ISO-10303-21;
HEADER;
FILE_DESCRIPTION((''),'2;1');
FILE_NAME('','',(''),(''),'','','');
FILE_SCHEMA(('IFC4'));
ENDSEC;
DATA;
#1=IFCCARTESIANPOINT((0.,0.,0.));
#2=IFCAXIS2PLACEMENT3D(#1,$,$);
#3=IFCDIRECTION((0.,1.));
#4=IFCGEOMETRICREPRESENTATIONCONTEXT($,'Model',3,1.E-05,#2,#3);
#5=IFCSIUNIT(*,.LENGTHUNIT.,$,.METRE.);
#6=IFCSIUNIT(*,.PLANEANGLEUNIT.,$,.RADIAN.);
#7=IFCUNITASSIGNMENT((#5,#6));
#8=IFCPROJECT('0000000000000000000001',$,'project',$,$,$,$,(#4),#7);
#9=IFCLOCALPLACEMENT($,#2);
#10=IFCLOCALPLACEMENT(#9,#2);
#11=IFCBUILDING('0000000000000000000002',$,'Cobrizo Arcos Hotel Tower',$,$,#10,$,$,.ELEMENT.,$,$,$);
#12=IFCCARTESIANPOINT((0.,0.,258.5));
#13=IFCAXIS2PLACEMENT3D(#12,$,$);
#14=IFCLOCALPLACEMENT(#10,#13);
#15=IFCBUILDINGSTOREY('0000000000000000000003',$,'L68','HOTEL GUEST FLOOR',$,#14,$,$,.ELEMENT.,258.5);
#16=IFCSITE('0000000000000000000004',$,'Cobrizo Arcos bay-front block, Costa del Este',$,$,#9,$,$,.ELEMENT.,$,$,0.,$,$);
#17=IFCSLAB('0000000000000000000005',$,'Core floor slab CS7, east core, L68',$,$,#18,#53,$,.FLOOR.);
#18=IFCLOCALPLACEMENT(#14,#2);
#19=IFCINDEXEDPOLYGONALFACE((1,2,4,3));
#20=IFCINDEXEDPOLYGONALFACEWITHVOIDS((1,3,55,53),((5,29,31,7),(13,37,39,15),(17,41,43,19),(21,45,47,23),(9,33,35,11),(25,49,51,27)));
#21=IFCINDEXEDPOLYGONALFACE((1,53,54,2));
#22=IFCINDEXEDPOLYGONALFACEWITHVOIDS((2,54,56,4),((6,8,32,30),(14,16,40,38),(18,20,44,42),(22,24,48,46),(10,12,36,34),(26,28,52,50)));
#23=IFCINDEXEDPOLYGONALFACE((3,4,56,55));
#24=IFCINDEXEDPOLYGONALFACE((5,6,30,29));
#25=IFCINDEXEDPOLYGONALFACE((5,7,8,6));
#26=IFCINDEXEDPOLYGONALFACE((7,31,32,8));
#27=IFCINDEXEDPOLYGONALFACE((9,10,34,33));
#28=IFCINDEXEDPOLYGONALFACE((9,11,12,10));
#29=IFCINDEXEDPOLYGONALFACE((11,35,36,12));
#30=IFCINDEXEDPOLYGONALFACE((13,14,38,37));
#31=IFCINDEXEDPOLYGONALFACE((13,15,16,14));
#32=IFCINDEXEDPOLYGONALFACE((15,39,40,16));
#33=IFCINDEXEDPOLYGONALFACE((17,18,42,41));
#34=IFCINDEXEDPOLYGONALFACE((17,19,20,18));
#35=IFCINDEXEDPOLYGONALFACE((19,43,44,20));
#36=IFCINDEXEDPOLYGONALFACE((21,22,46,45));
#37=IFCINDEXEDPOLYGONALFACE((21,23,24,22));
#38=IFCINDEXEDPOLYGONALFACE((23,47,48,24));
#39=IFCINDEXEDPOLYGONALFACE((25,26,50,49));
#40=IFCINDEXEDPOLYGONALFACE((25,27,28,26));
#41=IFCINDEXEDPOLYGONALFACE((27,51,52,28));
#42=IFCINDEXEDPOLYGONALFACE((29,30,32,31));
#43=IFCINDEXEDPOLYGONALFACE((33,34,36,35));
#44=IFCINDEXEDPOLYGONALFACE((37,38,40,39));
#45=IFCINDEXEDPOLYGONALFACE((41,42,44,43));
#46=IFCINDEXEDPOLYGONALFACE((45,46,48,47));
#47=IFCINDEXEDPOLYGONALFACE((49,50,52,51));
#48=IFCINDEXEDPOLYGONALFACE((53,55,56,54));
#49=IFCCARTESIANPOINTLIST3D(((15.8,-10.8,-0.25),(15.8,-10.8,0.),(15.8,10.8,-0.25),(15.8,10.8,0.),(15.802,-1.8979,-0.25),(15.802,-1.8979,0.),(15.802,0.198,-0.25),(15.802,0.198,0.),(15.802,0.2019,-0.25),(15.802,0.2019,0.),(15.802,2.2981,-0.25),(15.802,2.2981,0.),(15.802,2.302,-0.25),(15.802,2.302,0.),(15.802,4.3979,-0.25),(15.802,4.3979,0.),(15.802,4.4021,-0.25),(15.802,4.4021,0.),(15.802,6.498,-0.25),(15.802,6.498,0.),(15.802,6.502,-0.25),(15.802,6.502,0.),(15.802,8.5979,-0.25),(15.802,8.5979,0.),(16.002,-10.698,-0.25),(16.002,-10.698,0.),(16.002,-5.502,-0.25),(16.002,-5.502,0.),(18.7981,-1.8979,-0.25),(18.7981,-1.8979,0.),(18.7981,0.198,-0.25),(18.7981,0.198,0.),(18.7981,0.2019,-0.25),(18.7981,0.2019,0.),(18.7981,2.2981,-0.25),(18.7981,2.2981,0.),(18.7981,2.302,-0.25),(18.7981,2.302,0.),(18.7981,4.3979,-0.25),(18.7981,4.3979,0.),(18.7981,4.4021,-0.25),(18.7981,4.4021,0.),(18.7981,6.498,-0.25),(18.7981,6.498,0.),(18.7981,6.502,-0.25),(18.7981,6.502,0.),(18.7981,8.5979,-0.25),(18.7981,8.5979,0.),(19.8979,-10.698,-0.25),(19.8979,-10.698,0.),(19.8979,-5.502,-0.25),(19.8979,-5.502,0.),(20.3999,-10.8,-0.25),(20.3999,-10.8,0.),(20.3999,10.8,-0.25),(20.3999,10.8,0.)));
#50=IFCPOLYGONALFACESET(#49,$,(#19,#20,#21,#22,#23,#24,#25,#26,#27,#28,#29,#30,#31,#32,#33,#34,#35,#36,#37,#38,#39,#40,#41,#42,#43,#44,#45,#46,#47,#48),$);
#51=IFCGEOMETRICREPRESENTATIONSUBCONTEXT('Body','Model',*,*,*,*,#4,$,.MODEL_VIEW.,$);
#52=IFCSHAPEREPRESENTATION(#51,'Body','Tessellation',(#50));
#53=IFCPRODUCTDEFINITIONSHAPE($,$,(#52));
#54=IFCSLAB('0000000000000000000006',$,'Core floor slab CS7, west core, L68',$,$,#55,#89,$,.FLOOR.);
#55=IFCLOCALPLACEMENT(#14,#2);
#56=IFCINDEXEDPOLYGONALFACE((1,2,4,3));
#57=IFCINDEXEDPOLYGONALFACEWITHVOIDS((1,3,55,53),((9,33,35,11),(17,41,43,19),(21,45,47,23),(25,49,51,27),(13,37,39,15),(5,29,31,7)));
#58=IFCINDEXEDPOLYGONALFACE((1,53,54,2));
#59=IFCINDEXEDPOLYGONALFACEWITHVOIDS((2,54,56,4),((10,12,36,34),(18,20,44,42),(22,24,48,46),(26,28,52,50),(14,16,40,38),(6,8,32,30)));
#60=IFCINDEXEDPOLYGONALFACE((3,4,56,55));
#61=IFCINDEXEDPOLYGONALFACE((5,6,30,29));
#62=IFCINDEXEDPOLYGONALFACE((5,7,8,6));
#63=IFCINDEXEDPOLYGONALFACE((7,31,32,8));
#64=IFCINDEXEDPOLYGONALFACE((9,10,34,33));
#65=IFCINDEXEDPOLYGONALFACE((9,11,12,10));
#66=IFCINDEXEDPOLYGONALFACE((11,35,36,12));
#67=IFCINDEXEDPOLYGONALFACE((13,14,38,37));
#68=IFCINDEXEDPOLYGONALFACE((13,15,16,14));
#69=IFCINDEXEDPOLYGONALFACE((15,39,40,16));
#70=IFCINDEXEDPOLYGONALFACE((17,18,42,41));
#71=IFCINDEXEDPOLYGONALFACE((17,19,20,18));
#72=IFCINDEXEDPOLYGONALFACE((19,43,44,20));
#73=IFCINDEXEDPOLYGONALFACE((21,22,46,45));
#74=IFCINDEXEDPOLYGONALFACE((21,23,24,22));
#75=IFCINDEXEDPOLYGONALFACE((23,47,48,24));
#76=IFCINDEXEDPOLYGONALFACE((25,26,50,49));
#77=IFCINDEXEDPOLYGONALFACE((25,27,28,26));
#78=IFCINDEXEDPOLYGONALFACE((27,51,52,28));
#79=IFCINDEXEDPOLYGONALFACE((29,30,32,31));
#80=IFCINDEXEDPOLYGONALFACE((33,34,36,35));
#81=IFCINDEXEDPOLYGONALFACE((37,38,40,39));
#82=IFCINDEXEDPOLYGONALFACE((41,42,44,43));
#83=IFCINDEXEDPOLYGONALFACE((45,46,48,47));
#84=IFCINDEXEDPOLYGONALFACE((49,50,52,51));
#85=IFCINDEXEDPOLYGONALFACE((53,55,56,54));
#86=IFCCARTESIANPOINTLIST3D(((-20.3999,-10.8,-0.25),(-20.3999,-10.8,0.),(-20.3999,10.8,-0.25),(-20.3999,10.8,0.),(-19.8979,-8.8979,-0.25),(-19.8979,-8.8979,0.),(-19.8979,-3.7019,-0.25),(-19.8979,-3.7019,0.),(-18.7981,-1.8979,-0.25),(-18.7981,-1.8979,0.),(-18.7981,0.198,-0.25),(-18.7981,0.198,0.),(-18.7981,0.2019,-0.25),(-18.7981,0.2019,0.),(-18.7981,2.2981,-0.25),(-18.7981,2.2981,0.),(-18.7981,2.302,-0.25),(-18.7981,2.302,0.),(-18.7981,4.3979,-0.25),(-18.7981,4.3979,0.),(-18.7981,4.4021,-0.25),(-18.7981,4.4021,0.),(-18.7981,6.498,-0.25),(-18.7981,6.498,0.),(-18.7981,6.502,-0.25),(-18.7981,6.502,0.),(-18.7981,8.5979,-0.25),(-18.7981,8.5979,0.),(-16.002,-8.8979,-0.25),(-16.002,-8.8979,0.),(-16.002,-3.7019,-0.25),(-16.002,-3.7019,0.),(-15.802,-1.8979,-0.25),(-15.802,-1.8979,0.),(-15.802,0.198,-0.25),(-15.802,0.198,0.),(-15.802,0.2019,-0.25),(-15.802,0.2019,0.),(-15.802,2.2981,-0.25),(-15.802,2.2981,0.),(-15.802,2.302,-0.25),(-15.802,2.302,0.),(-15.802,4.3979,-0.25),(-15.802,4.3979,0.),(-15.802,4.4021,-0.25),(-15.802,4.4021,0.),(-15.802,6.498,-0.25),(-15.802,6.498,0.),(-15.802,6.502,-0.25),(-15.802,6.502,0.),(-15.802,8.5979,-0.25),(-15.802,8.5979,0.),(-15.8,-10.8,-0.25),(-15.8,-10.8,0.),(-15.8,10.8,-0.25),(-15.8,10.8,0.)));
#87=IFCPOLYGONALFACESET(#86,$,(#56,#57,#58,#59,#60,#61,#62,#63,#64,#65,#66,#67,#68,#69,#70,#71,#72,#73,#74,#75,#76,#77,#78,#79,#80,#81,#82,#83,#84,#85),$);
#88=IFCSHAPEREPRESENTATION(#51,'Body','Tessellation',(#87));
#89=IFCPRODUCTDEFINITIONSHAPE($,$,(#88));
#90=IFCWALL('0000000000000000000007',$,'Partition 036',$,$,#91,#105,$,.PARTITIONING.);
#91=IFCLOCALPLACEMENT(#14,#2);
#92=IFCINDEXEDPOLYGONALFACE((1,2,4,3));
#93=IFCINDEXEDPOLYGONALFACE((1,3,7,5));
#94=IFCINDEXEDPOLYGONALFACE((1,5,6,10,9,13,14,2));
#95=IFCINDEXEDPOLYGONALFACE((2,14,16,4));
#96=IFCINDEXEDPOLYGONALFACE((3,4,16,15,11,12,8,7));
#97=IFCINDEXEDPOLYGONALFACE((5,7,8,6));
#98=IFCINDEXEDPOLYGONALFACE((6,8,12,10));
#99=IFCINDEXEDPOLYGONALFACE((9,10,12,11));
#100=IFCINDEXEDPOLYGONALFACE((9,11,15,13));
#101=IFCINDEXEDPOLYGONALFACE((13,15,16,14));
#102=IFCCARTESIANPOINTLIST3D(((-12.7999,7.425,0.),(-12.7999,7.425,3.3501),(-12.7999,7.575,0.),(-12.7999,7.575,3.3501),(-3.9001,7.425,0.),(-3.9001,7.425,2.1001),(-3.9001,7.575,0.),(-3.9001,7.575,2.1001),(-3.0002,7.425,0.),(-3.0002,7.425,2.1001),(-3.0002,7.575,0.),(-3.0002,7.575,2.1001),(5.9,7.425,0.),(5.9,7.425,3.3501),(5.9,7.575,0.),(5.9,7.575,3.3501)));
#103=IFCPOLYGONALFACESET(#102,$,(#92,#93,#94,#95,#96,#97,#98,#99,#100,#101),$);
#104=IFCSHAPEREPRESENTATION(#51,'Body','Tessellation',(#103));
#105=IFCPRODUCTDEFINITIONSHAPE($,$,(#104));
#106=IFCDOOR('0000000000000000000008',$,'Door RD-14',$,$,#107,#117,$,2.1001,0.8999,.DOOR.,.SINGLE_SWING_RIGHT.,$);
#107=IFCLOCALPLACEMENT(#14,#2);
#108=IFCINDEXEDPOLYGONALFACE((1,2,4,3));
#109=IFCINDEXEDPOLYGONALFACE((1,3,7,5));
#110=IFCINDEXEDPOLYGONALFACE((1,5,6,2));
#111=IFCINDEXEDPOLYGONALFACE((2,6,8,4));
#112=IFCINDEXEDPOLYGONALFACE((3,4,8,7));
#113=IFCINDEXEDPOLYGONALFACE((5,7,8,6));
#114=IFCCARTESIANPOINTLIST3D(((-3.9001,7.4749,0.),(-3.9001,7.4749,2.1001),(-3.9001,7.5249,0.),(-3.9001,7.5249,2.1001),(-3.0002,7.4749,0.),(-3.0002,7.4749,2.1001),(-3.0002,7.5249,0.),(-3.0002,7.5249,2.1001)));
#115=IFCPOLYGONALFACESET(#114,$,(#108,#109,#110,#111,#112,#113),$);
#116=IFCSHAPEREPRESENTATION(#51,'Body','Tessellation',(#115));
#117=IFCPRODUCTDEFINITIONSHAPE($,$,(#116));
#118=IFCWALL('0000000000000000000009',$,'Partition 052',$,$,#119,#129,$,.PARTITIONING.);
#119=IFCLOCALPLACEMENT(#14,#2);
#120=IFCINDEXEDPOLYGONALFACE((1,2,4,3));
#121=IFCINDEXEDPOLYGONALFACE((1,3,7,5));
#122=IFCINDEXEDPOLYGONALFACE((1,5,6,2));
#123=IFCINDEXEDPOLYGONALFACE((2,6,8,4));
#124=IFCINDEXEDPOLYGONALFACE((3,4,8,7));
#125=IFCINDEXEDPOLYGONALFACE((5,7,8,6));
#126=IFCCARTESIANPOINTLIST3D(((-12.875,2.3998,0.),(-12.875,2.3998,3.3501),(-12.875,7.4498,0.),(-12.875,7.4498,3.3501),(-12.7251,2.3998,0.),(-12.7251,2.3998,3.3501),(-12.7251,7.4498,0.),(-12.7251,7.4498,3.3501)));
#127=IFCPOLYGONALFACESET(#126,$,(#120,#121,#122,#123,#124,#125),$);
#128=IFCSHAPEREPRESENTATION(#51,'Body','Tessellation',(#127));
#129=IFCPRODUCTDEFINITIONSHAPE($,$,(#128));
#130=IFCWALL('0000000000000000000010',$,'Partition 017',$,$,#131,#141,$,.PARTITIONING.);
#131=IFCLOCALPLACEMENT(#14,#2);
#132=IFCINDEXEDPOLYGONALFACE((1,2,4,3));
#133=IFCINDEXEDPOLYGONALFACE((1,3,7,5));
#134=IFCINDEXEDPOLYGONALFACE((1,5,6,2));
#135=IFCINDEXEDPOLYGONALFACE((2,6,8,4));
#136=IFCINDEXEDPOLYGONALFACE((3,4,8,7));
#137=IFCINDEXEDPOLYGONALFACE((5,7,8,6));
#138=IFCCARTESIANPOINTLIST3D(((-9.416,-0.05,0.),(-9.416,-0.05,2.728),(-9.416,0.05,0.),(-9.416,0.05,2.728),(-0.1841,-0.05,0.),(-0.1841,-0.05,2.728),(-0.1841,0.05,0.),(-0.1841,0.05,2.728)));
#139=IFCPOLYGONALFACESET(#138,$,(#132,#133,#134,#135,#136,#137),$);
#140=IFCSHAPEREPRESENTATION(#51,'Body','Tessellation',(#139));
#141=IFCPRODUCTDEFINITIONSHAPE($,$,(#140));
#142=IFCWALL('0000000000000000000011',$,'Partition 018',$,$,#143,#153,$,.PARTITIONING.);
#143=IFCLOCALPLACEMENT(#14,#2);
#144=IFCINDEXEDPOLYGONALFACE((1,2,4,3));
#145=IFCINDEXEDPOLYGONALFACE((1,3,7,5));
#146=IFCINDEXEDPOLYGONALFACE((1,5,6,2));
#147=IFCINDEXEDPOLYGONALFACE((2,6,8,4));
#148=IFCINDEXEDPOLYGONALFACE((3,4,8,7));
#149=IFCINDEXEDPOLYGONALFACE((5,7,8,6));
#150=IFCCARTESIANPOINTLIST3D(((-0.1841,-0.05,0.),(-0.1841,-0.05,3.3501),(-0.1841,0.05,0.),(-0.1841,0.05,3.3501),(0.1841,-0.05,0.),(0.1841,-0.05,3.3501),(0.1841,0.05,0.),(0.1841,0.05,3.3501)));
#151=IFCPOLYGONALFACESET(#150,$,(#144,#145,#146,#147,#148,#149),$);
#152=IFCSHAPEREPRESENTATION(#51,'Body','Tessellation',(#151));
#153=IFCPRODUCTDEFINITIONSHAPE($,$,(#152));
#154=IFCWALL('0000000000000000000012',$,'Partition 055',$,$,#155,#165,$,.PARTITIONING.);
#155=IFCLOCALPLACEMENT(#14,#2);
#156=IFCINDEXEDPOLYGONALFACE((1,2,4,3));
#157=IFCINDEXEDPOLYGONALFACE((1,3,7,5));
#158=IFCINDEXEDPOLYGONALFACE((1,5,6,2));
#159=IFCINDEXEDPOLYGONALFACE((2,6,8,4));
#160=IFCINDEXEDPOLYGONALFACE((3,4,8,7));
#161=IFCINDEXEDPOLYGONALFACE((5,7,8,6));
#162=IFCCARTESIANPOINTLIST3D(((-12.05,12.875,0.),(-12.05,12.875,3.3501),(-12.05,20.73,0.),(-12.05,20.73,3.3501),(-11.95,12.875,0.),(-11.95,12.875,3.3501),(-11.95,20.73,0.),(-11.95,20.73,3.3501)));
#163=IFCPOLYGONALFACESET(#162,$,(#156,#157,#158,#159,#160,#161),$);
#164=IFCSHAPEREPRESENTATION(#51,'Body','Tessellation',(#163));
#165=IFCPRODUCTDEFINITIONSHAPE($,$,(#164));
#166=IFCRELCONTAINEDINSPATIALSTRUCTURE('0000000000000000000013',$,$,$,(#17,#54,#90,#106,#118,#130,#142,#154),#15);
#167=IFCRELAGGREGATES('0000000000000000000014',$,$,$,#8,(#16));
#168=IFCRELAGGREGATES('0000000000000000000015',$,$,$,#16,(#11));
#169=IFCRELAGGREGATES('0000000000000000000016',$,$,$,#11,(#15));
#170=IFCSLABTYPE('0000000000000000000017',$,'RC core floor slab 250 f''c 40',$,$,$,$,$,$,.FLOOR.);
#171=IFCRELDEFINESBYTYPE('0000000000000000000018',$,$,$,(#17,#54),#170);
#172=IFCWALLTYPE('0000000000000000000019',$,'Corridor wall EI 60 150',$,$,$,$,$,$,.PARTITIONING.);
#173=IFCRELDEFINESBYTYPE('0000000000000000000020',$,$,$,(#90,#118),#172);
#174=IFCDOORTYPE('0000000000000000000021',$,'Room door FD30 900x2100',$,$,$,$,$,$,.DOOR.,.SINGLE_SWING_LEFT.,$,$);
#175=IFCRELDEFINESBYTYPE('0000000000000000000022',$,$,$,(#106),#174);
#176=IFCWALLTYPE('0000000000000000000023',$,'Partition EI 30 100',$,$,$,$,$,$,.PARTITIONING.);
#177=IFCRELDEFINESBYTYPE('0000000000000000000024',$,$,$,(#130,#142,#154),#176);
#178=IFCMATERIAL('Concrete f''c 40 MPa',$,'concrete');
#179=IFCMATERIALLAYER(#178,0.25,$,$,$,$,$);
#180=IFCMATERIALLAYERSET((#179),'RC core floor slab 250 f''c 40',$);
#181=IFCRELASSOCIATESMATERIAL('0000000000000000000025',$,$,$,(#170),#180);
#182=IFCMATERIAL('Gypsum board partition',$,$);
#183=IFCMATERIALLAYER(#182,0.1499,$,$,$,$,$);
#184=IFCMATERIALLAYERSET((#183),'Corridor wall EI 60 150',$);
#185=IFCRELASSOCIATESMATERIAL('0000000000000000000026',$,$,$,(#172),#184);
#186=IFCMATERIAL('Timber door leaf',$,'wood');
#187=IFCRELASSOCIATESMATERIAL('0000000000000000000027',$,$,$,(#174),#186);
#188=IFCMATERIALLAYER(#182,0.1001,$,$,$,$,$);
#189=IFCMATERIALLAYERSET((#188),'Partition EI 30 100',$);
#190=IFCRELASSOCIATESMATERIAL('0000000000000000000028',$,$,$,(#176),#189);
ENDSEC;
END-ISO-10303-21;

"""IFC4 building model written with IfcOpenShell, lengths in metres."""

from ifc_helpers import new_model, si_unit, direction, frame, frame_2d, origin, place, context, subcontext, project, spatial, polyline, rectangle, outline, extrude, material, layer, layer_set, type_object, element, fill, save


model = new_model("IFC4")

# Units and contexts
model_context = context("Model", 3, precision=1e-05, world=origin(), true_north=direction((0.0, 1.0)))
body_context = subcontext(model_context, "Body", "Model", "MODEL_VIEW")
ifc_project = project(units=[si_unit("LENGTHUNIT", "METRE"), si_unit("PLANEANGLEUNIT", "RADIAN")], contexts=[model_context])

# Site, building, storey
site_placement = place(None, origin())
site = spatial("IfcSite", under=ifc_project, at=site_placement, Name="Cobrizo Arcos bay-front block, Costa del Este", CompositionType="ELEMENT", RefElevation=0.0)
building_placement = place(site_placement, origin())
building = spatial("IfcBuilding", under=site, at=building_placement, Name="Cobrizo Arcos Hotel Tower", CompositionType="ELEMENT")
storey_placement = place(building_placement, frame((0.0, 0.0, 258.5)))
storey = spatial("IfcBuildingStorey", under=building, at=storey_placement, Name="L68", Description="HOTEL GUEST FLOOR", CompositionType="ELEMENT", Elevation=258.5)

# Slabs
ifc_material_1 = material(Name="Concrete f'c 40 MPa", Category="concrete")
ifc_layer_1 = layer(ifc_material_1, 0.25)
ifc_layer_set_1 = layer_set([ifc_layer_1], Name="RC core floor slab 250 f'c 40")
slab_type_1 = type_object("IfcSlabType", Name="RC core floor slab 250 f'c 40", PredefinedType="FLOOR", material=ifc_layer_set_1)
slab_1_placement = place(storey_placement, frame((0.0, 0.0, -0.25)))
element("IfcSlab", 1, at=slab_1_placement, inside=storey, type_object=slab_type_1, Name="Core floor slab CS7, east core, L68", PredefinedType="FLOOR", context=body_context, shape_type="SweptSolid", body=[
    extrude(outline(polyline([(15.8, 10.8), (20.3999, 10.8), (20.3999, -10.8), (15.8, -10.8), (15.8, 10.8)]), holes=[polyline([(19.8979, -10.698), (19.8979, -5.502), (16.002, -5.502), (16.002, -10.698), (19.8979, -10.698)]), polyline([(15.802, 0.198), (15.802, -1.8979), (18.7981, -1.8979), (18.7981, 0.198), (15.802, 0.198)]), polyline([(15.802, 2.2981), (15.802, 0.2019), (18.7981, 0.2019), (18.7981, 2.2981), (15.802, 2.2981)]), polyline([(15.802, 4.3979), (15.802, 2.302), (18.7981, 2.302), (18.7981, 4.3979), (15.802, 4.3979)]), polyline([(18.7981, 6.498), (15.802, 6.498), (15.802, 4.4021), (18.7981, 4.4021), (18.7981, 6.498)]), polyline([(18.7981, 8.5979), (15.802, 8.5979), (15.802, 6.502), (18.7981, 6.502), (18.7981, 8.5979)])]), origin(), (0.0, 0.0, 1.0), 0.25),
])
slab_2_placement = place(storey_placement, frame((0.0, 0.0, -0.25)))
element("IfcSlab", 2, at=slab_2_placement, inside=storey, type_object=slab_type_1, Name="Core floor slab CS7, west core, L68", PredefinedType="FLOOR", context=body_context, shape_type="SweptSolid", body=[
    extrude(outline(polyline([(-20.3999, 10.8), (-15.8, 10.8), (-15.8, -10.8), (-20.3999, -10.8), (-20.3999, 10.8)]), holes=[polyline([(-19.8979, -3.7019), (-19.8979, -8.8979), (-16.002, -8.8979), (-16.002, -3.7019), (-19.8979, -3.7019)]), polyline([(-18.7981, 0.198), (-18.7981, -1.8979), (-15.802, -1.8979), (-15.802, 0.198), (-18.7981, 0.198)]), polyline([(-18.7981, 2.2981), (-18.7981, 0.2019), (-15.802, 0.2019), (-15.802, 2.2981), (-18.7981, 2.2981)]), polyline([(-18.7981, 4.3979), (-18.7981, 2.302), (-15.802, 2.302), (-15.802, 4.3979), (-18.7981, 4.3979)]), polyline([(-15.802, 6.498), (-18.7981, 6.498), (-18.7981, 4.4021), (-15.802, 4.4021), (-15.802, 6.498)]), polyline([(-15.802, 8.5979), (-18.7981, 8.5979), (-18.7981, 6.502), (-15.802, 6.502), (-15.802, 8.5979)])]), origin(), (0.0, 0.0, 1.0), 0.25),
])

# Wall, opening, door
ifc_material_2 = material(Name="Gypsum board partition")
ifc_layer_2 = layer(ifc_material_2, 0.1499)
ifc_layer_set_2 = layer_set([ifc_layer_2], Name="Corridor wall EI 60 150")
wall_type_1 = type_object("IfcWallType", Name="Corridor wall EI 60 150", PredefinedType="PARTITIONING", material=ifc_layer_set_2)
wall_1_placement = place(storey_placement, frame((-12.8, 7.5, 0.0), z_axis=(0.0, 0.0, 1.0), x_axis=(1.0, 0.0, 0.0)))
wall_1 = element("IfcWall", 3, at=wall_1_placement, inside=storey, type_object=wall_type_1, Name="Partition 036", PredefinedType="PARTITIONING", context=body_context, shape_type="SweptSolid", body=[
    extrude(rectangle(XDim=18.7, YDim=0.1499, at=frame_2d((9.3501, 0.0))), origin(), (0.0, 0.0, 1.0), 3.3501),
])
opening_1_placement = place(wall_1_placement, frame((8.8999, 0.0, 0.0)))
opening_1 = element("IfcOpeningElement", 4, at=opening_1_placement, cuts=wall_1, PredefinedType="OPENING", context=body_context, shape_type="SweptSolid", body=[
    extrude(rectangle(XDim=0.8999, YDim=2.1001, at=frame_2d((0.45, 1.05))), frame((0.0, 0.0869, 0.0), z_axis=(0.0, -1.0, 0.0), x_axis=(1.0, 0.0, 0.0)), (0.0, 0.0, 1.0), 0.1738),
])
ifc_material_3 = material(Name="Timber door leaf", Category="wood")
door_type_1 = type_object("IfcDoorType", Name="Room door FD30 900x2100", OperationType="SINGLE_SWING_LEFT", PredefinedType="DOOR", material=ifc_material_3)
door_1_placement = place(opening_1_placement, origin())
door_1 = element("IfcDoor", 5, at=door_1_placement, inside=storey, type_object=door_type_1, Name="Door RD-14", OperationType="SINGLE_SWING_RIGHT", OverallHeight=2.1001, OverallWidth=0.8999, PredefinedType="DOOR", context=body_context, shape_type="SweptSolid", body=[
    extrude(rectangle(XDim=0.8999, YDim=2.1001, at=frame_2d((0.45, 1.05))), frame((0.0, 0.0249, 0.0), z_axis=(0.0, -1.0, 0.0), x_axis=(1.0, 0.0, 0.0)), (0.0, 0.0, 1.0), 0.05),
])
fill(opening_1, door_1)

# Walls
wall_2_placement = place(storey_placement, frame((-12.8, 2.3999, 0.0), z_axis=(0.0, 0.0, 1.0), x_axis=(0.0, 1.0, 0.0)))
element("IfcWall", 6, at=wall_2_placement, inside=storey, type_object=wall_type_1, Name="Partition 052", PredefinedType="PARTITIONING", context=body_context, shape_type="SweptSolid", body=[
    extrude(rectangle(XDim=5.05, YDim=0.1499, at=frame_2d((2.5249, 0.0))), origin(), (0.0, 0.0, 1.0), 3.3501),
])
ifc_layer_3 = layer(ifc_material_2, 0.1001)
ifc_layer_set_3 = layer_set([ifc_layer_3], Name="Partition EI 30 100")
wall_type_2 = type_object("IfcWallType", Name="Partition EI 30 100", PredefinedType="PARTITIONING", material=ifc_layer_set_3)
wall_3_placement = place(storey_placement, frame((-9.416, 0.0, 0.0), z_axis=(0.0, 0.0, 1.0), x_axis=(1.0, 0.0, 0.0)))
element("IfcWall", 7, at=wall_3_placement, inside=storey, type_object=wall_type_2, Name="Partition 017", PredefinedType="PARTITIONING", context=body_context, shape_type="SweptSolid", body=[
    extrude(rectangle(XDim=9.2319, YDim=0.1001, at=frame_2d((4.616, 0.0))), origin(), (0.0, 0.0, 1.0), 2.728),
])
wall_4_placement = place(storey_placement, frame((-0.1841, 0.0, 0.0), z_axis=(0.0, 0.0, 1.0), x_axis=(1.0, 0.0, 0.0)))
element("IfcWall", 8, at=wall_4_placement, inside=storey, type_object=wall_type_2, Name="Partition 018", PredefinedType="PARTITIONING", context=body_context, shape_type="SweptSolid", body=[
    extrude(rectangle(XDim=0.3682, YDim=0.1001, at=frame_2d((0.1841, 0.0))), origin(), (0.0, 0.0, 1.0), 3.3501),
])
wall_5_placement = place(storey_placement, frame((-12.0, 12.875, 0.0), z_axis=(0.0, 0.0, 1.0), x_axis=(0.0, 1.0, 0.0)))
element("IfcWall", 9, at=wall_5_placement, inside=storey, type_object=wall_type_2, Name="Partition 055", PredefinedType="PARTITIONING", context=body_context, shape_type="SweptSolid", body=[
    extrude(rectangle(XDim=7.855, YDim=0.1001, at=frame_2d((3.9275, 0.0))), origin(), (0.0, 0.0, 1.0), 3.3501),
])

save(model, "model.ifc")
